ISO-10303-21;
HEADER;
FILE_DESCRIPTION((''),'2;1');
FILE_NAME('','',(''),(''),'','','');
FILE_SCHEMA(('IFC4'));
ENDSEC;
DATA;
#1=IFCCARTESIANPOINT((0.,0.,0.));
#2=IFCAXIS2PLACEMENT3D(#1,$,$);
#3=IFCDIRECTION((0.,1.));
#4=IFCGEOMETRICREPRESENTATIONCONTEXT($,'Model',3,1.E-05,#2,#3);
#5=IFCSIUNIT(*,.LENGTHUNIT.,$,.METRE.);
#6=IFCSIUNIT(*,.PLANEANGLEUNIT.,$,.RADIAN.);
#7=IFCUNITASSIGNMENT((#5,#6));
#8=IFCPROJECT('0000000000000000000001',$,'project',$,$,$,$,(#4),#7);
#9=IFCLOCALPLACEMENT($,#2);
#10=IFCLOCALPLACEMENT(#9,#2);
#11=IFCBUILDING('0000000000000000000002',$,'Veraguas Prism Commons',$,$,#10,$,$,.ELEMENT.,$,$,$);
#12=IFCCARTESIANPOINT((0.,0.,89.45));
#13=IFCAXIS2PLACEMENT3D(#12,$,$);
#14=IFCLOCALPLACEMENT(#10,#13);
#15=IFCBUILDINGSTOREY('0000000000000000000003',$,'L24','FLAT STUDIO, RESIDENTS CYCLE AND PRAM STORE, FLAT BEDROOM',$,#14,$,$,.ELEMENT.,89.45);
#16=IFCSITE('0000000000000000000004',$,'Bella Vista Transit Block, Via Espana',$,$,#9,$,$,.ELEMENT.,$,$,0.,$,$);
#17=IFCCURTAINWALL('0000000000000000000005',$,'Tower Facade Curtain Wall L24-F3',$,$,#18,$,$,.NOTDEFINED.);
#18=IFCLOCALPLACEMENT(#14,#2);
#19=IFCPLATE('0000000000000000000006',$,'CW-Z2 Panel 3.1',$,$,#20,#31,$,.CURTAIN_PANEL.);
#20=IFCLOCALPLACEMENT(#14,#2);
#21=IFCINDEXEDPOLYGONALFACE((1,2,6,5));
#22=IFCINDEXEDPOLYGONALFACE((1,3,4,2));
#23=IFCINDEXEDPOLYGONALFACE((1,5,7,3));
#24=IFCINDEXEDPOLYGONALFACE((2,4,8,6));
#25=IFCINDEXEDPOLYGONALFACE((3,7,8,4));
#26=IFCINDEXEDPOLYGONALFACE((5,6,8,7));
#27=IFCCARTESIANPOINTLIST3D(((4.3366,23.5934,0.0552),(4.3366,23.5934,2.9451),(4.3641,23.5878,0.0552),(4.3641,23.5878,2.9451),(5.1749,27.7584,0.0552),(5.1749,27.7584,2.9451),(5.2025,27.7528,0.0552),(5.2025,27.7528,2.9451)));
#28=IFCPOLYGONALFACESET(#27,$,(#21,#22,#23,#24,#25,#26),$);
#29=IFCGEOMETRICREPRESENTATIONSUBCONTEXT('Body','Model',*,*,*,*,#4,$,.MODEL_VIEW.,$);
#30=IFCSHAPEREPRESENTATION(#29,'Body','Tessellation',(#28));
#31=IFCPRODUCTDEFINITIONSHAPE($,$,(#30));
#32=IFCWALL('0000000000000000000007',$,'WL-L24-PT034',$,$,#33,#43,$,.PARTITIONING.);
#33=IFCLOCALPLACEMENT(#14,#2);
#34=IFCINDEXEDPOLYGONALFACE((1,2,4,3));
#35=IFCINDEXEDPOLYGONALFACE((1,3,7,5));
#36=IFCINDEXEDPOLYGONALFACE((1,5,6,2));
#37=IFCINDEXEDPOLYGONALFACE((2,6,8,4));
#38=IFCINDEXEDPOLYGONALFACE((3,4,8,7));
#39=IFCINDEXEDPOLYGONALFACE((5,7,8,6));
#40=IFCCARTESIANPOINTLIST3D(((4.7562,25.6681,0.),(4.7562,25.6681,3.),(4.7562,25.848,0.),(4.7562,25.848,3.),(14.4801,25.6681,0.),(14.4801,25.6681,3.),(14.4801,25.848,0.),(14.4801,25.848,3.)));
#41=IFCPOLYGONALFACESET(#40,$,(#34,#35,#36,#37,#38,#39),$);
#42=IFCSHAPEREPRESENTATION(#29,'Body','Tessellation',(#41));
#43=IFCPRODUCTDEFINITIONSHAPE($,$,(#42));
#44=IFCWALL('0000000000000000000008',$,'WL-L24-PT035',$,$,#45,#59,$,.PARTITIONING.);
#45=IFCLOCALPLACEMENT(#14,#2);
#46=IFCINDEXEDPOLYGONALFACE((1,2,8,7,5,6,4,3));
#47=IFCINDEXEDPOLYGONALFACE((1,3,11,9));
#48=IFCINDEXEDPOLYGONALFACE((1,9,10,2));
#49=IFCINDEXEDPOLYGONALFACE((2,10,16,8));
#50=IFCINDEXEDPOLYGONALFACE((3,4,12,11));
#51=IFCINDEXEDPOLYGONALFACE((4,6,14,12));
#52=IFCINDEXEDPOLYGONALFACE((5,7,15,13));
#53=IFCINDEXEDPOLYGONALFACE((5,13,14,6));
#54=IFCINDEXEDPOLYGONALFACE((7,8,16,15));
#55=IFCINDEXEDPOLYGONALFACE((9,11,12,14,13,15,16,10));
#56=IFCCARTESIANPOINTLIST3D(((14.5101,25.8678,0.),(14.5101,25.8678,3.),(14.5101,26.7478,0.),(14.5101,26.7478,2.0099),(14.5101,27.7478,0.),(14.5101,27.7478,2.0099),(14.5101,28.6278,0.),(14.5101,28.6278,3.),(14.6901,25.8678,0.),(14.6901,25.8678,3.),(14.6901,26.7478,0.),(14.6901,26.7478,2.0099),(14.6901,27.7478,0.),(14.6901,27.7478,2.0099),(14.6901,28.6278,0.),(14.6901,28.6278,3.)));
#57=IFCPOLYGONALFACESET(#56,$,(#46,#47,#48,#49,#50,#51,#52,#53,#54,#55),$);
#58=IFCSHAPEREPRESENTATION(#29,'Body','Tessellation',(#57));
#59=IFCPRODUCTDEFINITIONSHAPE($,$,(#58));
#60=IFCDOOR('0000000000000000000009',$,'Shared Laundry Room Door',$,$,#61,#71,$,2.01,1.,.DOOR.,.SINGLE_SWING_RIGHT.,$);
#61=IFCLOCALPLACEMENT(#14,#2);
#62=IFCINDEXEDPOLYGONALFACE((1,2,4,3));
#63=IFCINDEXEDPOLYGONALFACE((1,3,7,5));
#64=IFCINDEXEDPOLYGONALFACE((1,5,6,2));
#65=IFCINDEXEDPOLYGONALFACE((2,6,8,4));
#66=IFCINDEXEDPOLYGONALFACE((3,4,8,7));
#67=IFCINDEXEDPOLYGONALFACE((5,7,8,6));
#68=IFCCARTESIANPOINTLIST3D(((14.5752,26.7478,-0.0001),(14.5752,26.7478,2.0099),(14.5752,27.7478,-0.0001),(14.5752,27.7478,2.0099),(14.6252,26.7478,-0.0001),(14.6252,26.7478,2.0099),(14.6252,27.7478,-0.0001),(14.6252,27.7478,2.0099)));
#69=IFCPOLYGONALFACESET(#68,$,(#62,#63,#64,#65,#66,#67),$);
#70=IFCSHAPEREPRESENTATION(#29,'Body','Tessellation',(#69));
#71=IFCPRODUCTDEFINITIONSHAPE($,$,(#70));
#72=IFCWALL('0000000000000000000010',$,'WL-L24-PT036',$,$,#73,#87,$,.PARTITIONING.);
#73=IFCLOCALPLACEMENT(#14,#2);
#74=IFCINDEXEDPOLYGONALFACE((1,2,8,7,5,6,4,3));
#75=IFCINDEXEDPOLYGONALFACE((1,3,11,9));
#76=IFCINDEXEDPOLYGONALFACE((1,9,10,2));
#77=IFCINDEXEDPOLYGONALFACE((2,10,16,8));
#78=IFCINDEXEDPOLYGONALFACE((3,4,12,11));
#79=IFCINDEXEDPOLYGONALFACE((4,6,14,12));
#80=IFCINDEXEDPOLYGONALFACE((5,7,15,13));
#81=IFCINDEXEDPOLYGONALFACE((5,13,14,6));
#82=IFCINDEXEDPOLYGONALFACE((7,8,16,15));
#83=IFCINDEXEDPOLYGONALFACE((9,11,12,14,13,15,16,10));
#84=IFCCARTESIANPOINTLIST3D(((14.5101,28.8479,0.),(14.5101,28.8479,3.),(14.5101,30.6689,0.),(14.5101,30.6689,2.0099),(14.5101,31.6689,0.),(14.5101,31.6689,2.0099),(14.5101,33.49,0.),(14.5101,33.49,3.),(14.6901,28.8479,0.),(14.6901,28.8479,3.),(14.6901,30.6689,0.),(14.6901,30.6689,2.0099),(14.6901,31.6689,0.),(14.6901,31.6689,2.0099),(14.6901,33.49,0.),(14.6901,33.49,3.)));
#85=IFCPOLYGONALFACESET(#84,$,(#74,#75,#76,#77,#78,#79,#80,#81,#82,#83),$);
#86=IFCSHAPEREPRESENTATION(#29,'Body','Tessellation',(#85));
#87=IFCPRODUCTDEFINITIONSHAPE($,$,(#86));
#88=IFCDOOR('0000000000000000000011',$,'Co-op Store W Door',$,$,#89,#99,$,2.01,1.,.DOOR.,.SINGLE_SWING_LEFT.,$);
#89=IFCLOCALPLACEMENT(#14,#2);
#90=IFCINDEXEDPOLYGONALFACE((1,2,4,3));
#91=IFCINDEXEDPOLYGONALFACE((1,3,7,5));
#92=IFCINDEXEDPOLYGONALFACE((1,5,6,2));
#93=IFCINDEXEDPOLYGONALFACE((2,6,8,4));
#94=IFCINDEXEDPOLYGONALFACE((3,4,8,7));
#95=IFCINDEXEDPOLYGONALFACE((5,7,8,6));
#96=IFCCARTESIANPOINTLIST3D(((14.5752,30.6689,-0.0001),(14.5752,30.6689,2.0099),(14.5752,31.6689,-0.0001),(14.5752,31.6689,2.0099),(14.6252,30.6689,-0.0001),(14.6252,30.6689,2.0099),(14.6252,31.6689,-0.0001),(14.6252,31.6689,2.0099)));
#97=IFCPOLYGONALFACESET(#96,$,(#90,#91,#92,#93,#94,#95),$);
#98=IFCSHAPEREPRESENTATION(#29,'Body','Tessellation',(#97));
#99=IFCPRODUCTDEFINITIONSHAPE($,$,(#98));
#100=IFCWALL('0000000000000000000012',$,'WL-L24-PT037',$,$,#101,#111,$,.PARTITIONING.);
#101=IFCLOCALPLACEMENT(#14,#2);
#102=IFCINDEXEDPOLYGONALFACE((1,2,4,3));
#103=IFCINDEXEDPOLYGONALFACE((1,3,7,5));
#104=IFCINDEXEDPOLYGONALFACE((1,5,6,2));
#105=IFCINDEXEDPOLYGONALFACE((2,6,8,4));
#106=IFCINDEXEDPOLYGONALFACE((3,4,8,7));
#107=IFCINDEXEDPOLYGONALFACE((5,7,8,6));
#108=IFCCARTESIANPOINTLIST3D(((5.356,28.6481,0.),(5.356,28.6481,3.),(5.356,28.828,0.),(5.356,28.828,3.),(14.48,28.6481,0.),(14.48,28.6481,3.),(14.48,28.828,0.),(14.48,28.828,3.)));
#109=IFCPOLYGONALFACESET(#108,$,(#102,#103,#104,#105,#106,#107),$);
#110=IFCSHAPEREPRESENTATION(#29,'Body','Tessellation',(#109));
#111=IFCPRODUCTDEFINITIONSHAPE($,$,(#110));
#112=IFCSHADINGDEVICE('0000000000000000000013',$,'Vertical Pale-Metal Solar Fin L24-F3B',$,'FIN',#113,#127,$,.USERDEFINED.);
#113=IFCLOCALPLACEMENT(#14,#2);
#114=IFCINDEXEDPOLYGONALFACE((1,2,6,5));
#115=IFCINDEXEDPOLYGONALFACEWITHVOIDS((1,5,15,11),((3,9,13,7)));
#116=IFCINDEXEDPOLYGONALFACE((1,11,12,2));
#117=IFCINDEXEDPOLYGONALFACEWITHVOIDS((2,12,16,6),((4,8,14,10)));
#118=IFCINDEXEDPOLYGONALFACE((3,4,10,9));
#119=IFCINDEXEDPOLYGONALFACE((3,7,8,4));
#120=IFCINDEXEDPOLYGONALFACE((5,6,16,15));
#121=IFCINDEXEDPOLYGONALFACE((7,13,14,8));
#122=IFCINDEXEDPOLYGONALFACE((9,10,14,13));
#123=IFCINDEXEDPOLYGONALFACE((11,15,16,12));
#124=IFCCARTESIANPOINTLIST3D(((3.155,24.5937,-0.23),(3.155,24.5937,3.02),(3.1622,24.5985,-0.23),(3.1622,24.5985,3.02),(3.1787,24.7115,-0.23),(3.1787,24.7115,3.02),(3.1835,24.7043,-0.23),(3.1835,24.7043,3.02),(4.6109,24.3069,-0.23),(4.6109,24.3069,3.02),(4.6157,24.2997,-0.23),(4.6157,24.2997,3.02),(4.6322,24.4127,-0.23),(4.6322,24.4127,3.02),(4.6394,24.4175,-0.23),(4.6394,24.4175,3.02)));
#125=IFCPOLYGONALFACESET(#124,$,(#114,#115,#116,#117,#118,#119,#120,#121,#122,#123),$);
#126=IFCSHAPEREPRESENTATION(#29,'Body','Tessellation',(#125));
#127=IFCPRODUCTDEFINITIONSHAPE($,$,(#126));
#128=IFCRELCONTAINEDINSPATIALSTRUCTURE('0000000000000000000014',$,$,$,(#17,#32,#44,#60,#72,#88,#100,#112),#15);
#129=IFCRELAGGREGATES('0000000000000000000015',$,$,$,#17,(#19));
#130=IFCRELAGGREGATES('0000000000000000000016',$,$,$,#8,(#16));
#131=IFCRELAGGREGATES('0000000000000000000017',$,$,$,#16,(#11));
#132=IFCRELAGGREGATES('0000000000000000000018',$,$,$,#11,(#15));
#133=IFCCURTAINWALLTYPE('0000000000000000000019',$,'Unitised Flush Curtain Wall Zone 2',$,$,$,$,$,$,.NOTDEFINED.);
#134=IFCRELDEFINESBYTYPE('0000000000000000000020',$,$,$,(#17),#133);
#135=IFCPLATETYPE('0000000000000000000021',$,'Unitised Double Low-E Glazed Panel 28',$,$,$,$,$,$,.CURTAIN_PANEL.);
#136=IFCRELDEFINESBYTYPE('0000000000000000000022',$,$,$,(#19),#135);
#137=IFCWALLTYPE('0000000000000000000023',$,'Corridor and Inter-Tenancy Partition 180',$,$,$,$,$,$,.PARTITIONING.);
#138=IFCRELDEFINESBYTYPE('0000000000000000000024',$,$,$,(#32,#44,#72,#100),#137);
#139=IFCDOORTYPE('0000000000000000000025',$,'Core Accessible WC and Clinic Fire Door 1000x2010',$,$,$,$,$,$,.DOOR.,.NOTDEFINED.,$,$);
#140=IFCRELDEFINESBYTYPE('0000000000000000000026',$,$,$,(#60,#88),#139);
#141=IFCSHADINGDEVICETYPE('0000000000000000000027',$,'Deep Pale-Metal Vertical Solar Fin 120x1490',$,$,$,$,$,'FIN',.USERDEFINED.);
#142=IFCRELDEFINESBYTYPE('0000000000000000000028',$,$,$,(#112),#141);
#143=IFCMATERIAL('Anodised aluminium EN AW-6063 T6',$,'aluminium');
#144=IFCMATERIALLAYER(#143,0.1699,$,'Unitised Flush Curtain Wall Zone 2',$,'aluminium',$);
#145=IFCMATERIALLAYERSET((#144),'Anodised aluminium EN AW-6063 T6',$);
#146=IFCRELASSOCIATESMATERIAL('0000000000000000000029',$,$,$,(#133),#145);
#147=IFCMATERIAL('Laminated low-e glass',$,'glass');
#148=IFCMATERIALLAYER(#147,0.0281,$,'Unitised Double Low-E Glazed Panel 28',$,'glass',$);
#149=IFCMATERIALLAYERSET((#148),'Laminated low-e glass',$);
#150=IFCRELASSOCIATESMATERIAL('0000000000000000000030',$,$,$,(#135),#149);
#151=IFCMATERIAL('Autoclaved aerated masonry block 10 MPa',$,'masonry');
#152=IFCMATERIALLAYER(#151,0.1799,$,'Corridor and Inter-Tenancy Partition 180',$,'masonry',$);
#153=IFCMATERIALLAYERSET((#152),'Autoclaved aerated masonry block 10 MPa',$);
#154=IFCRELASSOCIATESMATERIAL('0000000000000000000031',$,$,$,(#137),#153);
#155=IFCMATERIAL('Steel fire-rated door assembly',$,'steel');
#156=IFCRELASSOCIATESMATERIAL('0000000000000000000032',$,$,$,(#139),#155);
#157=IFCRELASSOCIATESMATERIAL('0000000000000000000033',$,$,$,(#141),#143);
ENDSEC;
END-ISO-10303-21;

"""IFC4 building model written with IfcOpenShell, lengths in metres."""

from ifc_helpers import new_model, si_unit, direction, frame, frame_2d, origin, origin_2d, place, context, subcontext, project, spatial, rectangle, hollow_rectangle, extrude, source, transform, mapped, material, layer, layer_set, material_profile, profile_set, type_object, element, fill, aggregate, save


model = new_model("IFC4")

# Units and contexts
model_context = context("Model", 3, precision=1e-05, world=origin(), true_north=direction((0.0, 1.0)))
body_context = subcontext(model_context, "Body", "Model", "MODEL_VIEW")
ifc_project = project(units=[si_unit("LENGTHUNIT", "METRE"), si_unit("PLANEANGLEUNIT", "RADIAN")], contexts=[model_context])

# Site, building, storey
site_placement = place(None, origin())
site = spatial("IfcSite", under=ifc_project, at=site_placement, Name="Bella Vista Transit Block, Via Espana", CompositionType="ELEMENT", RefElevation=0.0)
building_placement = place(site_placement, origin())
building = spatial("IfcBuilding", under=site, at=building_placement, Name="Veraguas Prism Commons", CompositionType="ELEMENT")
storey_placement = place(building_placement, frame((0.0, 0.0, 89.45)))
storey = spatial("IfcBuildingStorey", under=building, at=storey_placement, Name="L24", Description="FLAT STUDIO, RESIDENTS CYCLE AND PRAM STORE, FLAT BEDROOM", CompositionType="ELEMENT", Elevation=89.45)

# Curtain wall, plate
ifc_material_1 = material(Name="Anodised aluminium EN AW-6063 T6", Category="aluminium")
ifc_layer_1 = layer(ifc_material_1, 0.1699, Name="Unitised Flush Curtain Wall Zone 2", Category="aluminium")
ifc_layer_set_1 = layer_set([ifc_layer_1], Name="Anodised aluminium EN AW-6063 T6")
curtain_wall_type = type_object("IfcCurtainWallType", Name="Unitised Flush Curtain Wall Zone 2", PredefinedType="NOTDEFINED", material=ifc_layer_set_1)
curtain_wall_placement = place(storey_placement, origin())
curtain_wall = element("IfcCurtainWall", 1, at=curtain_wall_placement, inside=storey, type_object=curtain_wall_type, Name="Tower Facade Curtain Wall L24-F3", PredefinedType="NOTDEFINED")
ifc_material_2 = material(Name="Laminated low-e glass", Category="glass")
ifc_layer_2 = layer(ifc_material_2, 0.0281, Name="Unitised Double Low-E Glazed Panel 28", Category="glass")
ifc_layer_set_2 = layer_set([ifc_layer_2], Name="Laminated low-e glass")
plate_type = type_object("IfcPlateType", Name="Unitised Double Low-E Glazed Panel 28", PredefinedType="CURTAIN_PANEL", material=ifc_layer_set_2)
shared_shape_1 = source(origin(), body_context, "Body", "SweptSolid", [
    extrude(rectangle(XDim=4.2485, YDim=0.0281, at=origin_2d()), origin(), (0.0, 0.0, 1.0), 2.8899),
])
plate_1_placement = place(storey_placement, frame((4.7695, 25.6731, 0.0552), z_axis=(0.0, 0.0, 1.0), x_axis=(-0.19732, -0.980339, 0.0)))
plate_1 = element("IfcPlate", 2, at=plate_1_placement, type_object=plate_type, Name="CW-Z2 Panel 3.1", PredefinedType="CURTAIN_PANEL", context=body_context, shape_type="MappedRepresentation", body=[
    mapped(shared_shape_1, transform((0.0, 0.0, 0.0), scale=1.0)),
])
aggregate(curtain_wall, [plate_1])

# Wall
ifc_material_3 = material(Name="Autoclaved aerated masonry block 10 MPa", Category="masonry")
ifc_layer_3 = layer(ifc_material_3, 0.1799, Name="Corridor and Inter-Tenancy Partition 180", Category="masonry")
ifc_layer_set_3 = layer_set([ifc_layer_3], Name="Autoclaved aerated masonry block 10 MPa")
wall_type = type_object("IfcWallType", Name="Corridor and Inter-Tenancy Partition 180", PredefinedType="PARTITIONING", material=ifc_layer_set_3)
wall_1_placement = place(storey_placement, frame((14.48, 25.7581, 0.0), z_axis=(0.0, 0.0, 1.0), x_axis=(-1.0, 0.0, 0.0)))
element("IfcWall", 3, at=wall_1_placement, inside=storey, type_object=wall_type, Name="WL-L24-PT034", PredefinedType="PARTITIONING", context=body_context, shape_type="SweptSolid", body=[
    extrude(rectangle(XDim=9.7239, YDim=0.1799, at=frame_2d((4.8618, 0.0))), origin(), (0.0, 0.0, 1.0), 3.0),
])

# Walls, openings, doors
wall_2_placement = place(storey_placement, frame((14.6001, 25.8679, 0.0), z_axis=(0.0, 0.0, 1.0), x_axis=(0.0, 1.0, 0.0)))
wall_2 = element("IfcWall", 4, at=wall_2_placement, inside=storey, type_object=wall_type, Name="WL-L24-PT035", PredefinedType="PARTITIONING", context=body_context, shape_type="SweptSolid", body=[
    extrude(rectangle(XDim=2.76, YDim=0.1799, at=frame_2d((1.3799, 0.0))), origin(), (0.0, 0.0, 1.0), 3.0),
])
opening_1_placement = place(wall_2_placement, frame((0.8799, 0.0, 0.0)))
opening_1 = element("IfcOpeningElement", 5, at=opening_1_placement, cuts=wall_2, PredefinedType="OPENING", context=body_context, shape_type="SweptSolid", body=[
    extrude(rectangle(XDim=1.0, YDim=2.01, at=frame_2d((0.5, 1.0049))), frame((0.0, 0.0999, 0.0), z_axis=(0.0, -1.0, 0.0), x_axis=(1.0, 0.0, 0.0)), (0.0, 0.0, 1.0), 0.2),
])
ifc_material_4 = material(Name="Steel fire-rated door assembly", Category="steel")
door_type = type_object("IfcDoorType", Name="Core Accessible WC and Clinic Fire Door 1000x2010", OperationType="NOTDEFINED", PredefinedType="DOOR", material=ifc_material_4)
shared_shape_2 = source(origin(), body_context, "Body", "SweptSolid", [
    extrude(rectangle(XDim=1.0, YDim=2.01, at=frame_2d((0.5, 1.0049))), frame((0.0, 0.0249, 0.0), z_axis=(0.0, -1.0, 0.0), x_axis=(1.0, 0.0, 0.0)), (0.0, 0.0, 1.0), 0.05),
])
door_1_placement = place(opening_1_placement, origin())
door_1 = element("IfcDoor", 6, at=door_1_placement, inside=storey, type_object=door_type, Name="Shared Laundry Room Door", OperationType="SINGLE_SWING_RIGHT", OverallHeight=2.01, OverallWidth=1.0, PredefinedType="DOOR", context=body_context, shape_type="MappedRepresentation", body=[
    mapped(shared_shape_2, transform((0.0, 0.0, 0.0), scale=1.0)),
])
fill(opening_1, door_1)
wall_3_placement = place(storey_placement, frame((14.6001, 28.8479, 0.0), z_axis=(0.0, 0.0, 1.0), x_axis=(0.0, 1.0, 0.0)))
wall_3 = element("IfcWall", 7, at=wall_3_placement, inside=storey, type_object=wall_type, Name="WL-L24-PT036", PredefinedType="PARTITIONING", context=body_context, shape_type="SweptSolid", body=[
    extrude(rectangle(XDim=4.6421, YDim=0.1799, at=frame_2d((2.321, 0.0))), origin(), (0.0, 0.0, 1.0), 3.0),
])
opening_2_placement = place(wall_3_placement, frame((1.821, 0.0, 0.0)))
opening_2 = element("IfcOpeningElement", 8, at=opening_2_placement, cuts=wall_3, PredefinedType="OPENING", context=body_context, shape_type="SweptSolid", body=[
    extrude(rectangle(XDim=1.0, YDim=2.01, at=frame_2d((0.5, 1.0049))), frame((0.0, 0.0999, 0.0), z_axis=(0.0, -1.0, 0.0), x_axis=(1.0, 0.0, 0.0)), (0.0, 0.0, 1.0), 0.2),
])
door_2_placement = place(opening_2_placement, origin())
door_2 = element("IfcDoor", 9, at=door_2_placement, inside=storey, type_object=door_type, Name="Co-op Store W Door", OperationType="SINGLE_SWING_LEFT", OverallHeight=2.01, OverallWidth=1.0, PredefinedType="DOOR", context=body_context, shape_type="MappedRepresentation", body=[
    mapped(shared_shape_2, transform((0.0, 0.0, 0.0), scale=1.0)),
])
fill(opening_2, door_2)

# Wall
wall_4_placement = place(storey_placement, frame((14.48, 28.738, 0.0), z_axis=(0.0, 0.0, 1.0), x_axis=(-1.0, 0.0, 0.0)))
element("IfcWall", 10, at=wall_4_placement, inside=storey, type_object=wall_type, Name="WL-L24-PT037", PredefinedType="PARTITIONING", context=body_context, shape_type="SweptSolid", body=[
    extrude(rectangle(XDim=9.124, YDim=0.1799, at=frame_2d((4.562, 0.0))), origin(), (0.0, 0.0, 1.0), 3.0),
])

# Shading device
ifc_material_profile_1 = material_profile(ifc_material_1, hollow_rectangle(XDim=0.1201, YDim=1.49, WallThickness=0.0061, at=origin_2d()), Name="FIN120X1490X6")
ifc_profile_set_1 = profile_set([ifc_material_profile_1], Name="Anodised aluminium EN AW-6063 T6")
shading_device_type = type_object("IfcShadingDeviceType", Name="Deep Pale-Metal Vertical Solar Fin 120x1490", ElementType="FIN", PredefinedType="USERDEFINED", material=ifc_profile_set_1)
shading_device_placement = place(storey_placement, frame((3.8972, 24.5056, -0.23), z_axis=(0.0, 0.0, 1.0), x_axis=(-0.197317, -0.98034, 0.0)))
element("IfcShadingDevice", 11, at=shading_device_placement, inside=storey, type_object=shading_device_type, Name="Vertical Pale-Metal Solar Fin L24-F3B", ObjectType="FIN", PredefinedType="USERDEFINED", context=body_context, shape_type="SweptSolid", body=[
    extrude(hollow_rectangle(XDim=0.1201, YDim=1.49, WallThickness=0.0061, at=origin_2d()), origin(), (0.0, 0.0, 1.0), 3.25),
])

save(model, "model.ifc")
